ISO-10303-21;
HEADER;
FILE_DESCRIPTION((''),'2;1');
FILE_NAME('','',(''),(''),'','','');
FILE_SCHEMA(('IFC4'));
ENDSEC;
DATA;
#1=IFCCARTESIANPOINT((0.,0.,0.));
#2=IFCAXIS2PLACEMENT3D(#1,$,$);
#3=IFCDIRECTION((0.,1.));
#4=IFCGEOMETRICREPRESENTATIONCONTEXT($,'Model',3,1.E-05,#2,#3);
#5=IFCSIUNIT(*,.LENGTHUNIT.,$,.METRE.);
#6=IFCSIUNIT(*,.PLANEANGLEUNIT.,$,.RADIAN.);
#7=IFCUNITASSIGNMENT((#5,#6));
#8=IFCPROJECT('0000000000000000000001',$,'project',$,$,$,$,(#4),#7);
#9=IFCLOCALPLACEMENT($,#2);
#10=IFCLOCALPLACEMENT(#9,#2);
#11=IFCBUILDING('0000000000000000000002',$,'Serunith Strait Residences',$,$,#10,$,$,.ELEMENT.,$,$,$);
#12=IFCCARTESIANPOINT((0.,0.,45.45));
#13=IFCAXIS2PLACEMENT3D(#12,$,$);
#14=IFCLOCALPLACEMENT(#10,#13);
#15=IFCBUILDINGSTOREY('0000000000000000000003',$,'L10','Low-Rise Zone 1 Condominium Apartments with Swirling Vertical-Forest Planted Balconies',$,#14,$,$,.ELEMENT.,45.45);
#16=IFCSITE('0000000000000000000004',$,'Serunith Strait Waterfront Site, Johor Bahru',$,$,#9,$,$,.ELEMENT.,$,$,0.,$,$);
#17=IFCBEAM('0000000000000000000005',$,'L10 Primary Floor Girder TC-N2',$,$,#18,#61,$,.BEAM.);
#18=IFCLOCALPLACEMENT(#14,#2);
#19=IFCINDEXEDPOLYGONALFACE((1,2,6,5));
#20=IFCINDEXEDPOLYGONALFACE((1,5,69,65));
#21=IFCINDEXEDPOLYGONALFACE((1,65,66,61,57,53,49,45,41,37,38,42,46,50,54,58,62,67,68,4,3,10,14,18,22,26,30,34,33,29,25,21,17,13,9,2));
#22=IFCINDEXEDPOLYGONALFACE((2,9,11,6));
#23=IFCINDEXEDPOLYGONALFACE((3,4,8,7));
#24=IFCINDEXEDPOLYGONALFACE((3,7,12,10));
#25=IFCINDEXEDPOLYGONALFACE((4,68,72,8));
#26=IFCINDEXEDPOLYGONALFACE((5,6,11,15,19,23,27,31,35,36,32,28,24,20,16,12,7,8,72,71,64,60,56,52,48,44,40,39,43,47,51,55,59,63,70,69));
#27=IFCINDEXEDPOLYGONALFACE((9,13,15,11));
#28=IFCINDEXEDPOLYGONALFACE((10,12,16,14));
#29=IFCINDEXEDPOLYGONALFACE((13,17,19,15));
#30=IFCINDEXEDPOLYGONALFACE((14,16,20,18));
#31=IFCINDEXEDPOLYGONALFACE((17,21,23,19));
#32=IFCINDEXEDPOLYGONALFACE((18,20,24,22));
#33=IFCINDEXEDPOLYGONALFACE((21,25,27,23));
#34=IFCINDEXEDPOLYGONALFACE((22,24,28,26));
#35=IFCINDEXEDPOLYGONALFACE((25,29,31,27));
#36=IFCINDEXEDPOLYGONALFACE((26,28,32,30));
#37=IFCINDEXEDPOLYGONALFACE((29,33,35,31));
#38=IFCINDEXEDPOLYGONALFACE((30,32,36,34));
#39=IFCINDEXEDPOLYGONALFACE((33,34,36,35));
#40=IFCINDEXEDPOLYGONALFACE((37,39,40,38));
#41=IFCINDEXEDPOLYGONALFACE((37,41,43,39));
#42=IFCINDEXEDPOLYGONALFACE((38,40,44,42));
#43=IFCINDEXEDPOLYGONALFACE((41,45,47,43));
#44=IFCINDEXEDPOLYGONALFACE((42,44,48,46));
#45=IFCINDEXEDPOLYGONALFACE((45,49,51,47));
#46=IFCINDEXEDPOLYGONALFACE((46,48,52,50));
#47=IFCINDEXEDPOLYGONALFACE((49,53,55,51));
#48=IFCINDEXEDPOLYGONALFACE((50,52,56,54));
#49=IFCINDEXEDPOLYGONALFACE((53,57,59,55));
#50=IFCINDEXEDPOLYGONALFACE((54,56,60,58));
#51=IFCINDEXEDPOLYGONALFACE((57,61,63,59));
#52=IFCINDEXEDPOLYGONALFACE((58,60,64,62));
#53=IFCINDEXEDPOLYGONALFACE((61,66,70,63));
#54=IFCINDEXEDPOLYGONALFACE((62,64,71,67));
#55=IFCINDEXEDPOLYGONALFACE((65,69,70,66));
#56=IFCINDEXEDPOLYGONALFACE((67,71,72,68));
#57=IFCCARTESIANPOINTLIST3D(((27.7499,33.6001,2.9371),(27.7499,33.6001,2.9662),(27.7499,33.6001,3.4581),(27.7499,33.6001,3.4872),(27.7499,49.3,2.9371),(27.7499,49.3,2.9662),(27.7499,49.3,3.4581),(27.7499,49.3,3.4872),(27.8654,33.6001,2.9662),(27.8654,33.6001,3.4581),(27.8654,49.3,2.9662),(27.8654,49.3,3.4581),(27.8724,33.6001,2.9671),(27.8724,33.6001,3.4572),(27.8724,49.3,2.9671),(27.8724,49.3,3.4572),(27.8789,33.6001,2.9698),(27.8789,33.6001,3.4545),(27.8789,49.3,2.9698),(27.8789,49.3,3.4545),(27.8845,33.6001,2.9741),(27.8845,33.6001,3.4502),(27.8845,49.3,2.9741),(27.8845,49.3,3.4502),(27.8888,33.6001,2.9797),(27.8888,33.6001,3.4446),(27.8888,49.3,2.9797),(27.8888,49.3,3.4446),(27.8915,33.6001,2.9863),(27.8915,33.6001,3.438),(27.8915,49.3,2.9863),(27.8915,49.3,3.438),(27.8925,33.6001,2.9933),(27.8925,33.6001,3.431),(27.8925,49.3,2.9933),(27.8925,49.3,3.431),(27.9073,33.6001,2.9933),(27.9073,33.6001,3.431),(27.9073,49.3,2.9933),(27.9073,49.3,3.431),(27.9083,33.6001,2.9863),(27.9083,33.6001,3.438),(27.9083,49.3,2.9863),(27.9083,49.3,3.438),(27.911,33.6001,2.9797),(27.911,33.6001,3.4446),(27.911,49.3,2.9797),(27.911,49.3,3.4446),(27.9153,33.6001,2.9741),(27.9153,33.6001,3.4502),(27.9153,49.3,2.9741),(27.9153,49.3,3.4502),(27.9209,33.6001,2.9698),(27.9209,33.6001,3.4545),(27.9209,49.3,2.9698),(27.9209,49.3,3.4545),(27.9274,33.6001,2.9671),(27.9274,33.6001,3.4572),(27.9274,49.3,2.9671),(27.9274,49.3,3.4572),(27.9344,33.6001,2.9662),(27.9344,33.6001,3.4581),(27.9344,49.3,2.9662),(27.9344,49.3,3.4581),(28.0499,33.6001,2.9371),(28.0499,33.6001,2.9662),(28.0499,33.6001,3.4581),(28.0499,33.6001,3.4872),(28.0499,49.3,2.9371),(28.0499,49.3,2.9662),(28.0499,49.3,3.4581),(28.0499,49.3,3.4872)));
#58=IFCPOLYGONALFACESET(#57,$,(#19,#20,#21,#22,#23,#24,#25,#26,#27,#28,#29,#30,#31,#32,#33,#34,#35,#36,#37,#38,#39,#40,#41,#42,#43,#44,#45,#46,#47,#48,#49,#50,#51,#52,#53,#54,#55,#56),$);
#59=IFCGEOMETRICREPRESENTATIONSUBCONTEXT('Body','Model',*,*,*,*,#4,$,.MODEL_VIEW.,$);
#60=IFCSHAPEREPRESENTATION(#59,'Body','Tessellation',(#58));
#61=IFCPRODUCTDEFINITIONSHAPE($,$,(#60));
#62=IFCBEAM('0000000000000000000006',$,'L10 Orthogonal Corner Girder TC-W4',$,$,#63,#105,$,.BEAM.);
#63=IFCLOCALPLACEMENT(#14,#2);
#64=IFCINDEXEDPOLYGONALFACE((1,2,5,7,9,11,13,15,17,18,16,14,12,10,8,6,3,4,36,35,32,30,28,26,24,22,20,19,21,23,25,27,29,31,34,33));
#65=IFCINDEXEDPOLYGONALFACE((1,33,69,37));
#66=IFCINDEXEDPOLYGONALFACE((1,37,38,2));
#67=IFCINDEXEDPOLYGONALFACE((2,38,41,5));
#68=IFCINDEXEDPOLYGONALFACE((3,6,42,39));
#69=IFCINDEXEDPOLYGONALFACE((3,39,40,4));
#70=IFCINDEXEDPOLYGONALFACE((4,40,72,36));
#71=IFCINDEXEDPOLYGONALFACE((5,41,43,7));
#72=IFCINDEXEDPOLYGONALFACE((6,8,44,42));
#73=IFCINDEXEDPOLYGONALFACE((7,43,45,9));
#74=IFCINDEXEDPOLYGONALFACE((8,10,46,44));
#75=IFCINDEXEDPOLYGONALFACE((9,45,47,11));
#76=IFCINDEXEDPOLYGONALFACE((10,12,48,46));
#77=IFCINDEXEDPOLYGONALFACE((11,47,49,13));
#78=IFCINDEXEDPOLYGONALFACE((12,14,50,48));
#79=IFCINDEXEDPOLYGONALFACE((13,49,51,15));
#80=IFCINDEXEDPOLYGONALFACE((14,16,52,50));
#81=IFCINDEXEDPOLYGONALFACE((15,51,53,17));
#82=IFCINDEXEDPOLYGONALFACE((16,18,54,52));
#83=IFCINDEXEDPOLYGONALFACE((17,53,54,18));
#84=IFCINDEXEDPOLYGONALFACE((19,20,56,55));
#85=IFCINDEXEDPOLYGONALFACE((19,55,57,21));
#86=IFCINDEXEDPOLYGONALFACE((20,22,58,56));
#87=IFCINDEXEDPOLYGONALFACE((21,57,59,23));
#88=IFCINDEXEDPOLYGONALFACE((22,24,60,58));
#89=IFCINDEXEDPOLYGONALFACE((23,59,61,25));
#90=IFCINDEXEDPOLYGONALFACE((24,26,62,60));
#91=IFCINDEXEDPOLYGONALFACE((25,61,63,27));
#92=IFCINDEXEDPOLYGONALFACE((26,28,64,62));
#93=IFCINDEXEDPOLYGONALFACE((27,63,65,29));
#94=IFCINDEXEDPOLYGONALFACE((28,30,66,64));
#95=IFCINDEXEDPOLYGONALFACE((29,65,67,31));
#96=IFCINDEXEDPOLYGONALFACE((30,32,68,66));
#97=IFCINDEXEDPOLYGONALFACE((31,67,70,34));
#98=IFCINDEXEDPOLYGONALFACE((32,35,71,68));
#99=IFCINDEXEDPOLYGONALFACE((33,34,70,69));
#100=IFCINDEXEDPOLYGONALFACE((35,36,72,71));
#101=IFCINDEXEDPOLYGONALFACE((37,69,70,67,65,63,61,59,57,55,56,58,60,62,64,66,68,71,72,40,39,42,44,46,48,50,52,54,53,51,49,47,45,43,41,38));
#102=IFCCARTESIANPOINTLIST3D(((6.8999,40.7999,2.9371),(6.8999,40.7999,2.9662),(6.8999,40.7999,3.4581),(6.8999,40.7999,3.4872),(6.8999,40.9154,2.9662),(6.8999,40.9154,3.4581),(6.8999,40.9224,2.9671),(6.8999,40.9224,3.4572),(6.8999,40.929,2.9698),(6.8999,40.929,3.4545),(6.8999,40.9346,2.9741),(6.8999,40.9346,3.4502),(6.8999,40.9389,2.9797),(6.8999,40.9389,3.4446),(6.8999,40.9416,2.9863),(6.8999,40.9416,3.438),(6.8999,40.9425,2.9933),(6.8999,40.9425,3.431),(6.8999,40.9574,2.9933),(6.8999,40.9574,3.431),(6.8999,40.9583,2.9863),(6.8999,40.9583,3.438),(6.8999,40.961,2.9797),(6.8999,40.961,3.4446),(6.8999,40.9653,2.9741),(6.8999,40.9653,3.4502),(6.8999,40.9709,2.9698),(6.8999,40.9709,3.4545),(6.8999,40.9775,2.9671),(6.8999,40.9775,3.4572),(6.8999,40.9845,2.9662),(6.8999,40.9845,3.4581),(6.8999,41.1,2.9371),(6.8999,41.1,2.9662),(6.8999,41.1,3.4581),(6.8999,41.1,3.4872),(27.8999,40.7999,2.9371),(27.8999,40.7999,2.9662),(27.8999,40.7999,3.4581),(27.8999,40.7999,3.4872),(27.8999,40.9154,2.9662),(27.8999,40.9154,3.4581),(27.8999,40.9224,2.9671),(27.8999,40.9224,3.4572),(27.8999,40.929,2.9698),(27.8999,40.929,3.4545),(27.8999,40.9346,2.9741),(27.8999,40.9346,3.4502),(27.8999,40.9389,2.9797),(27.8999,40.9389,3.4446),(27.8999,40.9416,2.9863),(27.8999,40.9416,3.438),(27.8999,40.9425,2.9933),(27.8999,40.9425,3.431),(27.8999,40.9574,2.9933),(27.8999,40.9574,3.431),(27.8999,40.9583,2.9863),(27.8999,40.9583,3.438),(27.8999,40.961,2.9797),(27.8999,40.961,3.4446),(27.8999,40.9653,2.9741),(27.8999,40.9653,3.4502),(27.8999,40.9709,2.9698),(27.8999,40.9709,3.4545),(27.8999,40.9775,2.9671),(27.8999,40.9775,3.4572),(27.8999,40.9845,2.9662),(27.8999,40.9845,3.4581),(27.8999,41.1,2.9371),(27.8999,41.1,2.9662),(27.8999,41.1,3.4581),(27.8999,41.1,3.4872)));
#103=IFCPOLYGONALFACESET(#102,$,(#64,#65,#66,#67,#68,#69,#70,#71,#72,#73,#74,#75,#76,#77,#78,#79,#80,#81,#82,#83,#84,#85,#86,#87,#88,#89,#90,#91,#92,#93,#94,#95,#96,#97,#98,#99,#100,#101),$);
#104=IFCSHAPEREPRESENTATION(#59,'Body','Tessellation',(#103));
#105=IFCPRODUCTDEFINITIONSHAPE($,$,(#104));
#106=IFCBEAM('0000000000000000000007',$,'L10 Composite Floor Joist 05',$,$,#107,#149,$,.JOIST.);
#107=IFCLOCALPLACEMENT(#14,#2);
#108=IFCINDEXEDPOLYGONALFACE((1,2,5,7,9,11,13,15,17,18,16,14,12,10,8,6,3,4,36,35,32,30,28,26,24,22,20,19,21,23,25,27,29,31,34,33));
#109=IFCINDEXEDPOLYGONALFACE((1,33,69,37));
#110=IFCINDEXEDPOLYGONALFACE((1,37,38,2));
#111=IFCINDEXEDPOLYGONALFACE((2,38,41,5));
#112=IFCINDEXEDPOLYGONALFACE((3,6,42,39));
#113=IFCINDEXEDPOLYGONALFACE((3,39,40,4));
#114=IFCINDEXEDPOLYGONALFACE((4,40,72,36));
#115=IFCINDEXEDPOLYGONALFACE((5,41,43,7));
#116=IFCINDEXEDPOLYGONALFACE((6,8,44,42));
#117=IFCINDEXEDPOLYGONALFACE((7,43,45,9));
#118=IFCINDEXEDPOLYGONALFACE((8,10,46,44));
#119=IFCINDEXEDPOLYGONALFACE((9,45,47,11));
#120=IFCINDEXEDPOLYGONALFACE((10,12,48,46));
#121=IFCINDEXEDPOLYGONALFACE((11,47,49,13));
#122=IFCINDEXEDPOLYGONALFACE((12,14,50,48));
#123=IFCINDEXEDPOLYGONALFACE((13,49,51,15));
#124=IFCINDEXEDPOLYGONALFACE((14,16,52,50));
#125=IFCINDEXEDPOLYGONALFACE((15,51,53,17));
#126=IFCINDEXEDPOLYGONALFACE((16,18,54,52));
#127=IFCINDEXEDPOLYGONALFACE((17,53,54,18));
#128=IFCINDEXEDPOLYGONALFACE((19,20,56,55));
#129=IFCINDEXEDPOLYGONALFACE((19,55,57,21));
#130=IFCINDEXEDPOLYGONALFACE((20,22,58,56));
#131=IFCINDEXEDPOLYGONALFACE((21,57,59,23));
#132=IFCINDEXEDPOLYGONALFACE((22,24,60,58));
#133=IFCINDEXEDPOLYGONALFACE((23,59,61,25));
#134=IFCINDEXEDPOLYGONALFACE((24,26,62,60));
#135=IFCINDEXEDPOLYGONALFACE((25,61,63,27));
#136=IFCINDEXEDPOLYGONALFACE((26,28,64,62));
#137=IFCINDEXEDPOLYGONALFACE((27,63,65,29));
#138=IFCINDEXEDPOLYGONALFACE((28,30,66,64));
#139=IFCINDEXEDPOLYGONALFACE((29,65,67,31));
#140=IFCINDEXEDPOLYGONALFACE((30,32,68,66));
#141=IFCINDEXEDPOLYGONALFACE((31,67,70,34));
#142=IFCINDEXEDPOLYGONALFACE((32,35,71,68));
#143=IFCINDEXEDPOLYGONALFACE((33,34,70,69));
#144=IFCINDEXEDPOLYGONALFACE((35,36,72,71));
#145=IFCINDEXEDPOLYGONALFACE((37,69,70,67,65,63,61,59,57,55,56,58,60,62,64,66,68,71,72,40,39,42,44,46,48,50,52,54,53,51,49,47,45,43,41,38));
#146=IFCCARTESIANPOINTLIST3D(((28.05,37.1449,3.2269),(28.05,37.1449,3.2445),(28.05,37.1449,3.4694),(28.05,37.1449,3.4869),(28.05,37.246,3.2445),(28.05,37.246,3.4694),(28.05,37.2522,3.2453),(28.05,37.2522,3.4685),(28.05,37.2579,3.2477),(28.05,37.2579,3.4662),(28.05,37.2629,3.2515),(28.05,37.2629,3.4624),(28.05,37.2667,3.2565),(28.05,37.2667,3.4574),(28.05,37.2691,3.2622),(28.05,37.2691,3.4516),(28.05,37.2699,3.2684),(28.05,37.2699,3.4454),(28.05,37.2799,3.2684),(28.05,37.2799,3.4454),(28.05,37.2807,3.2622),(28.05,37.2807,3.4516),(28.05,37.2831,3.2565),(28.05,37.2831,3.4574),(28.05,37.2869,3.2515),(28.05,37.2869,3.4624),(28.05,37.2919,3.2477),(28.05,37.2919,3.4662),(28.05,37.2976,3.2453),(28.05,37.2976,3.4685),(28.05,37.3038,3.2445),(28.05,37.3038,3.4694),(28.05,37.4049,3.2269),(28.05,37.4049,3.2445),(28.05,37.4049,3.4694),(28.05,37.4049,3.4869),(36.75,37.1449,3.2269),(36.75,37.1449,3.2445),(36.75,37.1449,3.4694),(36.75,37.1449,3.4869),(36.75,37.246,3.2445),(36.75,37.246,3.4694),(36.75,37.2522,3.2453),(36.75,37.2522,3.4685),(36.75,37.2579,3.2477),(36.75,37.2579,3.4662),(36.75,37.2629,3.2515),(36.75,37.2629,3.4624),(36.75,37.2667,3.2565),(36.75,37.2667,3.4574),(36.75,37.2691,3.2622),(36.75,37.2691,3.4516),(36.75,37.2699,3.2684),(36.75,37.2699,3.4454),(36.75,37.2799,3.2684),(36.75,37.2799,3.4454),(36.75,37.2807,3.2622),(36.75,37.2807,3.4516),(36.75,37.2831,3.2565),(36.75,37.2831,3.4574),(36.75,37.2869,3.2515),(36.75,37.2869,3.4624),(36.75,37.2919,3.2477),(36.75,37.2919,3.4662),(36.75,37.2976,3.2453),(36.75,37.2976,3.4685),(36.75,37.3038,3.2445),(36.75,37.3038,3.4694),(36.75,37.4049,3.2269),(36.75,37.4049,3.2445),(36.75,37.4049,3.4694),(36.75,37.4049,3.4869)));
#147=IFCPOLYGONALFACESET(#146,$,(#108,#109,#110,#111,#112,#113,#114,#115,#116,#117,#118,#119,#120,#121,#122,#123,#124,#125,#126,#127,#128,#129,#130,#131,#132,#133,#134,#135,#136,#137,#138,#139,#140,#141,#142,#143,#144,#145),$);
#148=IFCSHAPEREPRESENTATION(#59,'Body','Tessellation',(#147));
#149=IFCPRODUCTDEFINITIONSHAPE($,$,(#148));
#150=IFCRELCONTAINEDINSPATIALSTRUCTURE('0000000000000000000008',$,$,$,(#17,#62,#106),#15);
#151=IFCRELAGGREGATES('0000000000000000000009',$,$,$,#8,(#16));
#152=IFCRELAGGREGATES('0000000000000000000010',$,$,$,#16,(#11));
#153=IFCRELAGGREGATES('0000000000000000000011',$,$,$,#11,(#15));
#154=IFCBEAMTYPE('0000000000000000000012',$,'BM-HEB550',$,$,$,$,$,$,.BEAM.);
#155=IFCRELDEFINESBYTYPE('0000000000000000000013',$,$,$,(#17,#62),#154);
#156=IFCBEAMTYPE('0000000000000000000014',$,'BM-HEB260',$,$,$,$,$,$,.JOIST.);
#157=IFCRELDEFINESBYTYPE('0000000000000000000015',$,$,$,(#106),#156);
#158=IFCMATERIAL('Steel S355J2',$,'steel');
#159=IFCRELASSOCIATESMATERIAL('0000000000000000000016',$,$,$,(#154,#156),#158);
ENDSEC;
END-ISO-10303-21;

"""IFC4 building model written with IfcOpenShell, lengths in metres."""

from ifc_helpers import new_model, si_unit, direction, frame, origin, origin_2d, place, context, subcontext, project, spatial, i_section, extrude, source, transform, mapped, material, material_profile, profile_set, type_object, element, save


model = new_model("IFC4")

# Units and contexts
model_context = context("Model", 3, precision=1e-05, world=origin(), true_north=direction((0.0, 1.0)))
body_context = subcontext(model_context, "Body", "Model", "MODEL_VIEW")
ifc_project = project(units=[si_unit("LENGTHUNIT", "METRE"), si_unit("PLANEANGLEUNIT", "RADIAN")], contexts=[model_context])

# Site, building, storey
site_placement = place(None, origin())
site = spatial("IfcSite", under=ifc_project, at=site_placement, Name="Serunith Strait Waterfront Site, Johor Bahru", CompositionType="ELEMENT", RefElevation=0.0)
building_placement = place(site_placement, origin())
building = spatial("IfcBuilding", under=site, at=building_placement, Name="Serunith Strait Residences", CompositionType="ELEMENT")
storey_placement = place(building_placement, frame((0.0, 0.0, 45.45)))
storey = spatial("IfcBuildingStorey", under=building, at=storey_placement, Name="L10", Description="Low-Rise Zone 1 Condominium Apartments with Swirling Vertical-Forest Planted Balconies", CompositionType="ELEMENT", Elevation=45.45)

# Beams
ifc_material_1 = material(Name="Steel S355J2", Category="steel")
ifc_material_profile_1 = material_profile(ifc_material_1, i_section(OverallWidth=0.3, OverallDepth=0.55, WebThickness=0.0149, FlangeThickness=0.0291, FilletRadius=0.0271, at=origin_2d()), Name="HEB 550")
ifc_profile_set_1 = profile_set([ifc_material_profile_1], Name="Steel S355J2")
beam_type_1 = type_object("IfcBeamType", Name="BM-HEB550", PredefinedType="BEAM", material=ifc_profile_set_1)
shared_shape_1 = source(origin(), body_context, "Body", "SweptSolid", [
    extrude(i_section(OverallWidth=0.3, OverallDepth=0.55, WebThickness=0.0149, FlangeThickness=0.0291, FilletRadius=0.0271, at=origin_2d()), origin(), (0.0, 0.0, 1.0), 15.7),
])
beam_1_placement = place(storey_placement, frame((27.8999, 33.6001, 3.2122), z_axis=(0.0, 1.0, 0.0), x_axis=(-1.0, 0.0, 0.0)))
element("IfcBeam", 1, at=beam_1_placement, inside=storey, type_object=beam_type_1, Name="L10 Primary Floor Girder TC-N2", PredefinedType="BEAM", context=body_context, shape_type="MappedRepresentation", body=[
    mapped(shared_shape_1, transform((0.0, 0.0, 0.0), scale=1.0)),
])
shared_shape_2 = source(origin(), body_context, "Body", "SweptSolid", [
    extrude(i_section(OverallWidth=0.3, OverallDepth=0.55, WebThickness=0.0149, FlangeThickness=0.0291, FilletRadius=0.0271, at=origin_2d()), origin(), (0.0, 0.0, 1.0), 21.0),
])
beam_2_placement = place(storey_placement, frame((27.8999, 40.95, 3.2122), z_axis=(-1.0, 0.0, 0.0), x_axis=(0.0, -1.0, 0.0)))
element("IfcBeam", 2, at=beam_2_placement, inside=storey, type_object=beam_type_1, Name="L10 Orthogonal Corner Girder TC-W4", PredefinedType="BEAM", context=body_context, shape_type="MappedRepresentation", body=[
    mapped(shared_shape_2, transform((0.0, 0.0, 0.0), scale=1.0)),
])
ifc_material_profile_2 = material_profile(ifc_material_1, i_section(OverallWidth=0.26, OverallDepth=0.26, WebThickness=0.01, FlangeThickness=0.0176, FilletRadius=0.0239, at=origin_2d()), Name="HEB 260")
ifc_profile_set_2 = profile_set([ifc_material_profile_2], Name="Steel S355J2")
beam_type_2 = type_object("IfcBeamType", Name="BM-HEB260", PredefinedType="JOIST", material=ifc_profile_set_2)
shared_shape_3 = source(origin(), body_context, "Body", "SweptSolid", [
    extrude(i_section(OverallWidth=0.26, OverallDepth=0.26, WebThickness=0.01, FlangeThickness=0.0176, FilletRadius=0.0239, at=origin_2d()), origin(), (0.0, 0.0, 1.0), 8.7),
])
beam_3_placement = place(storey_placement, frame((28.05, 37.2749, 3.3569), z_axis=(1.0, 0.0, 0.0), x_axis=(0.0, 1.0, 0.0)))
element("IfcBeam", 3, at=beam_3_placement, inside=storey, type_object=beam_type_2, Name="L10 Composite Floor Joist 05", PredefinedType="JOIST", context=body_context, shape_type="MappedRepresentation", body=[
    mapped(shared_shape_3, transform((0.0, 0.0, 0.0), scale=1.0)),
])

save(model, "model.ifc")
